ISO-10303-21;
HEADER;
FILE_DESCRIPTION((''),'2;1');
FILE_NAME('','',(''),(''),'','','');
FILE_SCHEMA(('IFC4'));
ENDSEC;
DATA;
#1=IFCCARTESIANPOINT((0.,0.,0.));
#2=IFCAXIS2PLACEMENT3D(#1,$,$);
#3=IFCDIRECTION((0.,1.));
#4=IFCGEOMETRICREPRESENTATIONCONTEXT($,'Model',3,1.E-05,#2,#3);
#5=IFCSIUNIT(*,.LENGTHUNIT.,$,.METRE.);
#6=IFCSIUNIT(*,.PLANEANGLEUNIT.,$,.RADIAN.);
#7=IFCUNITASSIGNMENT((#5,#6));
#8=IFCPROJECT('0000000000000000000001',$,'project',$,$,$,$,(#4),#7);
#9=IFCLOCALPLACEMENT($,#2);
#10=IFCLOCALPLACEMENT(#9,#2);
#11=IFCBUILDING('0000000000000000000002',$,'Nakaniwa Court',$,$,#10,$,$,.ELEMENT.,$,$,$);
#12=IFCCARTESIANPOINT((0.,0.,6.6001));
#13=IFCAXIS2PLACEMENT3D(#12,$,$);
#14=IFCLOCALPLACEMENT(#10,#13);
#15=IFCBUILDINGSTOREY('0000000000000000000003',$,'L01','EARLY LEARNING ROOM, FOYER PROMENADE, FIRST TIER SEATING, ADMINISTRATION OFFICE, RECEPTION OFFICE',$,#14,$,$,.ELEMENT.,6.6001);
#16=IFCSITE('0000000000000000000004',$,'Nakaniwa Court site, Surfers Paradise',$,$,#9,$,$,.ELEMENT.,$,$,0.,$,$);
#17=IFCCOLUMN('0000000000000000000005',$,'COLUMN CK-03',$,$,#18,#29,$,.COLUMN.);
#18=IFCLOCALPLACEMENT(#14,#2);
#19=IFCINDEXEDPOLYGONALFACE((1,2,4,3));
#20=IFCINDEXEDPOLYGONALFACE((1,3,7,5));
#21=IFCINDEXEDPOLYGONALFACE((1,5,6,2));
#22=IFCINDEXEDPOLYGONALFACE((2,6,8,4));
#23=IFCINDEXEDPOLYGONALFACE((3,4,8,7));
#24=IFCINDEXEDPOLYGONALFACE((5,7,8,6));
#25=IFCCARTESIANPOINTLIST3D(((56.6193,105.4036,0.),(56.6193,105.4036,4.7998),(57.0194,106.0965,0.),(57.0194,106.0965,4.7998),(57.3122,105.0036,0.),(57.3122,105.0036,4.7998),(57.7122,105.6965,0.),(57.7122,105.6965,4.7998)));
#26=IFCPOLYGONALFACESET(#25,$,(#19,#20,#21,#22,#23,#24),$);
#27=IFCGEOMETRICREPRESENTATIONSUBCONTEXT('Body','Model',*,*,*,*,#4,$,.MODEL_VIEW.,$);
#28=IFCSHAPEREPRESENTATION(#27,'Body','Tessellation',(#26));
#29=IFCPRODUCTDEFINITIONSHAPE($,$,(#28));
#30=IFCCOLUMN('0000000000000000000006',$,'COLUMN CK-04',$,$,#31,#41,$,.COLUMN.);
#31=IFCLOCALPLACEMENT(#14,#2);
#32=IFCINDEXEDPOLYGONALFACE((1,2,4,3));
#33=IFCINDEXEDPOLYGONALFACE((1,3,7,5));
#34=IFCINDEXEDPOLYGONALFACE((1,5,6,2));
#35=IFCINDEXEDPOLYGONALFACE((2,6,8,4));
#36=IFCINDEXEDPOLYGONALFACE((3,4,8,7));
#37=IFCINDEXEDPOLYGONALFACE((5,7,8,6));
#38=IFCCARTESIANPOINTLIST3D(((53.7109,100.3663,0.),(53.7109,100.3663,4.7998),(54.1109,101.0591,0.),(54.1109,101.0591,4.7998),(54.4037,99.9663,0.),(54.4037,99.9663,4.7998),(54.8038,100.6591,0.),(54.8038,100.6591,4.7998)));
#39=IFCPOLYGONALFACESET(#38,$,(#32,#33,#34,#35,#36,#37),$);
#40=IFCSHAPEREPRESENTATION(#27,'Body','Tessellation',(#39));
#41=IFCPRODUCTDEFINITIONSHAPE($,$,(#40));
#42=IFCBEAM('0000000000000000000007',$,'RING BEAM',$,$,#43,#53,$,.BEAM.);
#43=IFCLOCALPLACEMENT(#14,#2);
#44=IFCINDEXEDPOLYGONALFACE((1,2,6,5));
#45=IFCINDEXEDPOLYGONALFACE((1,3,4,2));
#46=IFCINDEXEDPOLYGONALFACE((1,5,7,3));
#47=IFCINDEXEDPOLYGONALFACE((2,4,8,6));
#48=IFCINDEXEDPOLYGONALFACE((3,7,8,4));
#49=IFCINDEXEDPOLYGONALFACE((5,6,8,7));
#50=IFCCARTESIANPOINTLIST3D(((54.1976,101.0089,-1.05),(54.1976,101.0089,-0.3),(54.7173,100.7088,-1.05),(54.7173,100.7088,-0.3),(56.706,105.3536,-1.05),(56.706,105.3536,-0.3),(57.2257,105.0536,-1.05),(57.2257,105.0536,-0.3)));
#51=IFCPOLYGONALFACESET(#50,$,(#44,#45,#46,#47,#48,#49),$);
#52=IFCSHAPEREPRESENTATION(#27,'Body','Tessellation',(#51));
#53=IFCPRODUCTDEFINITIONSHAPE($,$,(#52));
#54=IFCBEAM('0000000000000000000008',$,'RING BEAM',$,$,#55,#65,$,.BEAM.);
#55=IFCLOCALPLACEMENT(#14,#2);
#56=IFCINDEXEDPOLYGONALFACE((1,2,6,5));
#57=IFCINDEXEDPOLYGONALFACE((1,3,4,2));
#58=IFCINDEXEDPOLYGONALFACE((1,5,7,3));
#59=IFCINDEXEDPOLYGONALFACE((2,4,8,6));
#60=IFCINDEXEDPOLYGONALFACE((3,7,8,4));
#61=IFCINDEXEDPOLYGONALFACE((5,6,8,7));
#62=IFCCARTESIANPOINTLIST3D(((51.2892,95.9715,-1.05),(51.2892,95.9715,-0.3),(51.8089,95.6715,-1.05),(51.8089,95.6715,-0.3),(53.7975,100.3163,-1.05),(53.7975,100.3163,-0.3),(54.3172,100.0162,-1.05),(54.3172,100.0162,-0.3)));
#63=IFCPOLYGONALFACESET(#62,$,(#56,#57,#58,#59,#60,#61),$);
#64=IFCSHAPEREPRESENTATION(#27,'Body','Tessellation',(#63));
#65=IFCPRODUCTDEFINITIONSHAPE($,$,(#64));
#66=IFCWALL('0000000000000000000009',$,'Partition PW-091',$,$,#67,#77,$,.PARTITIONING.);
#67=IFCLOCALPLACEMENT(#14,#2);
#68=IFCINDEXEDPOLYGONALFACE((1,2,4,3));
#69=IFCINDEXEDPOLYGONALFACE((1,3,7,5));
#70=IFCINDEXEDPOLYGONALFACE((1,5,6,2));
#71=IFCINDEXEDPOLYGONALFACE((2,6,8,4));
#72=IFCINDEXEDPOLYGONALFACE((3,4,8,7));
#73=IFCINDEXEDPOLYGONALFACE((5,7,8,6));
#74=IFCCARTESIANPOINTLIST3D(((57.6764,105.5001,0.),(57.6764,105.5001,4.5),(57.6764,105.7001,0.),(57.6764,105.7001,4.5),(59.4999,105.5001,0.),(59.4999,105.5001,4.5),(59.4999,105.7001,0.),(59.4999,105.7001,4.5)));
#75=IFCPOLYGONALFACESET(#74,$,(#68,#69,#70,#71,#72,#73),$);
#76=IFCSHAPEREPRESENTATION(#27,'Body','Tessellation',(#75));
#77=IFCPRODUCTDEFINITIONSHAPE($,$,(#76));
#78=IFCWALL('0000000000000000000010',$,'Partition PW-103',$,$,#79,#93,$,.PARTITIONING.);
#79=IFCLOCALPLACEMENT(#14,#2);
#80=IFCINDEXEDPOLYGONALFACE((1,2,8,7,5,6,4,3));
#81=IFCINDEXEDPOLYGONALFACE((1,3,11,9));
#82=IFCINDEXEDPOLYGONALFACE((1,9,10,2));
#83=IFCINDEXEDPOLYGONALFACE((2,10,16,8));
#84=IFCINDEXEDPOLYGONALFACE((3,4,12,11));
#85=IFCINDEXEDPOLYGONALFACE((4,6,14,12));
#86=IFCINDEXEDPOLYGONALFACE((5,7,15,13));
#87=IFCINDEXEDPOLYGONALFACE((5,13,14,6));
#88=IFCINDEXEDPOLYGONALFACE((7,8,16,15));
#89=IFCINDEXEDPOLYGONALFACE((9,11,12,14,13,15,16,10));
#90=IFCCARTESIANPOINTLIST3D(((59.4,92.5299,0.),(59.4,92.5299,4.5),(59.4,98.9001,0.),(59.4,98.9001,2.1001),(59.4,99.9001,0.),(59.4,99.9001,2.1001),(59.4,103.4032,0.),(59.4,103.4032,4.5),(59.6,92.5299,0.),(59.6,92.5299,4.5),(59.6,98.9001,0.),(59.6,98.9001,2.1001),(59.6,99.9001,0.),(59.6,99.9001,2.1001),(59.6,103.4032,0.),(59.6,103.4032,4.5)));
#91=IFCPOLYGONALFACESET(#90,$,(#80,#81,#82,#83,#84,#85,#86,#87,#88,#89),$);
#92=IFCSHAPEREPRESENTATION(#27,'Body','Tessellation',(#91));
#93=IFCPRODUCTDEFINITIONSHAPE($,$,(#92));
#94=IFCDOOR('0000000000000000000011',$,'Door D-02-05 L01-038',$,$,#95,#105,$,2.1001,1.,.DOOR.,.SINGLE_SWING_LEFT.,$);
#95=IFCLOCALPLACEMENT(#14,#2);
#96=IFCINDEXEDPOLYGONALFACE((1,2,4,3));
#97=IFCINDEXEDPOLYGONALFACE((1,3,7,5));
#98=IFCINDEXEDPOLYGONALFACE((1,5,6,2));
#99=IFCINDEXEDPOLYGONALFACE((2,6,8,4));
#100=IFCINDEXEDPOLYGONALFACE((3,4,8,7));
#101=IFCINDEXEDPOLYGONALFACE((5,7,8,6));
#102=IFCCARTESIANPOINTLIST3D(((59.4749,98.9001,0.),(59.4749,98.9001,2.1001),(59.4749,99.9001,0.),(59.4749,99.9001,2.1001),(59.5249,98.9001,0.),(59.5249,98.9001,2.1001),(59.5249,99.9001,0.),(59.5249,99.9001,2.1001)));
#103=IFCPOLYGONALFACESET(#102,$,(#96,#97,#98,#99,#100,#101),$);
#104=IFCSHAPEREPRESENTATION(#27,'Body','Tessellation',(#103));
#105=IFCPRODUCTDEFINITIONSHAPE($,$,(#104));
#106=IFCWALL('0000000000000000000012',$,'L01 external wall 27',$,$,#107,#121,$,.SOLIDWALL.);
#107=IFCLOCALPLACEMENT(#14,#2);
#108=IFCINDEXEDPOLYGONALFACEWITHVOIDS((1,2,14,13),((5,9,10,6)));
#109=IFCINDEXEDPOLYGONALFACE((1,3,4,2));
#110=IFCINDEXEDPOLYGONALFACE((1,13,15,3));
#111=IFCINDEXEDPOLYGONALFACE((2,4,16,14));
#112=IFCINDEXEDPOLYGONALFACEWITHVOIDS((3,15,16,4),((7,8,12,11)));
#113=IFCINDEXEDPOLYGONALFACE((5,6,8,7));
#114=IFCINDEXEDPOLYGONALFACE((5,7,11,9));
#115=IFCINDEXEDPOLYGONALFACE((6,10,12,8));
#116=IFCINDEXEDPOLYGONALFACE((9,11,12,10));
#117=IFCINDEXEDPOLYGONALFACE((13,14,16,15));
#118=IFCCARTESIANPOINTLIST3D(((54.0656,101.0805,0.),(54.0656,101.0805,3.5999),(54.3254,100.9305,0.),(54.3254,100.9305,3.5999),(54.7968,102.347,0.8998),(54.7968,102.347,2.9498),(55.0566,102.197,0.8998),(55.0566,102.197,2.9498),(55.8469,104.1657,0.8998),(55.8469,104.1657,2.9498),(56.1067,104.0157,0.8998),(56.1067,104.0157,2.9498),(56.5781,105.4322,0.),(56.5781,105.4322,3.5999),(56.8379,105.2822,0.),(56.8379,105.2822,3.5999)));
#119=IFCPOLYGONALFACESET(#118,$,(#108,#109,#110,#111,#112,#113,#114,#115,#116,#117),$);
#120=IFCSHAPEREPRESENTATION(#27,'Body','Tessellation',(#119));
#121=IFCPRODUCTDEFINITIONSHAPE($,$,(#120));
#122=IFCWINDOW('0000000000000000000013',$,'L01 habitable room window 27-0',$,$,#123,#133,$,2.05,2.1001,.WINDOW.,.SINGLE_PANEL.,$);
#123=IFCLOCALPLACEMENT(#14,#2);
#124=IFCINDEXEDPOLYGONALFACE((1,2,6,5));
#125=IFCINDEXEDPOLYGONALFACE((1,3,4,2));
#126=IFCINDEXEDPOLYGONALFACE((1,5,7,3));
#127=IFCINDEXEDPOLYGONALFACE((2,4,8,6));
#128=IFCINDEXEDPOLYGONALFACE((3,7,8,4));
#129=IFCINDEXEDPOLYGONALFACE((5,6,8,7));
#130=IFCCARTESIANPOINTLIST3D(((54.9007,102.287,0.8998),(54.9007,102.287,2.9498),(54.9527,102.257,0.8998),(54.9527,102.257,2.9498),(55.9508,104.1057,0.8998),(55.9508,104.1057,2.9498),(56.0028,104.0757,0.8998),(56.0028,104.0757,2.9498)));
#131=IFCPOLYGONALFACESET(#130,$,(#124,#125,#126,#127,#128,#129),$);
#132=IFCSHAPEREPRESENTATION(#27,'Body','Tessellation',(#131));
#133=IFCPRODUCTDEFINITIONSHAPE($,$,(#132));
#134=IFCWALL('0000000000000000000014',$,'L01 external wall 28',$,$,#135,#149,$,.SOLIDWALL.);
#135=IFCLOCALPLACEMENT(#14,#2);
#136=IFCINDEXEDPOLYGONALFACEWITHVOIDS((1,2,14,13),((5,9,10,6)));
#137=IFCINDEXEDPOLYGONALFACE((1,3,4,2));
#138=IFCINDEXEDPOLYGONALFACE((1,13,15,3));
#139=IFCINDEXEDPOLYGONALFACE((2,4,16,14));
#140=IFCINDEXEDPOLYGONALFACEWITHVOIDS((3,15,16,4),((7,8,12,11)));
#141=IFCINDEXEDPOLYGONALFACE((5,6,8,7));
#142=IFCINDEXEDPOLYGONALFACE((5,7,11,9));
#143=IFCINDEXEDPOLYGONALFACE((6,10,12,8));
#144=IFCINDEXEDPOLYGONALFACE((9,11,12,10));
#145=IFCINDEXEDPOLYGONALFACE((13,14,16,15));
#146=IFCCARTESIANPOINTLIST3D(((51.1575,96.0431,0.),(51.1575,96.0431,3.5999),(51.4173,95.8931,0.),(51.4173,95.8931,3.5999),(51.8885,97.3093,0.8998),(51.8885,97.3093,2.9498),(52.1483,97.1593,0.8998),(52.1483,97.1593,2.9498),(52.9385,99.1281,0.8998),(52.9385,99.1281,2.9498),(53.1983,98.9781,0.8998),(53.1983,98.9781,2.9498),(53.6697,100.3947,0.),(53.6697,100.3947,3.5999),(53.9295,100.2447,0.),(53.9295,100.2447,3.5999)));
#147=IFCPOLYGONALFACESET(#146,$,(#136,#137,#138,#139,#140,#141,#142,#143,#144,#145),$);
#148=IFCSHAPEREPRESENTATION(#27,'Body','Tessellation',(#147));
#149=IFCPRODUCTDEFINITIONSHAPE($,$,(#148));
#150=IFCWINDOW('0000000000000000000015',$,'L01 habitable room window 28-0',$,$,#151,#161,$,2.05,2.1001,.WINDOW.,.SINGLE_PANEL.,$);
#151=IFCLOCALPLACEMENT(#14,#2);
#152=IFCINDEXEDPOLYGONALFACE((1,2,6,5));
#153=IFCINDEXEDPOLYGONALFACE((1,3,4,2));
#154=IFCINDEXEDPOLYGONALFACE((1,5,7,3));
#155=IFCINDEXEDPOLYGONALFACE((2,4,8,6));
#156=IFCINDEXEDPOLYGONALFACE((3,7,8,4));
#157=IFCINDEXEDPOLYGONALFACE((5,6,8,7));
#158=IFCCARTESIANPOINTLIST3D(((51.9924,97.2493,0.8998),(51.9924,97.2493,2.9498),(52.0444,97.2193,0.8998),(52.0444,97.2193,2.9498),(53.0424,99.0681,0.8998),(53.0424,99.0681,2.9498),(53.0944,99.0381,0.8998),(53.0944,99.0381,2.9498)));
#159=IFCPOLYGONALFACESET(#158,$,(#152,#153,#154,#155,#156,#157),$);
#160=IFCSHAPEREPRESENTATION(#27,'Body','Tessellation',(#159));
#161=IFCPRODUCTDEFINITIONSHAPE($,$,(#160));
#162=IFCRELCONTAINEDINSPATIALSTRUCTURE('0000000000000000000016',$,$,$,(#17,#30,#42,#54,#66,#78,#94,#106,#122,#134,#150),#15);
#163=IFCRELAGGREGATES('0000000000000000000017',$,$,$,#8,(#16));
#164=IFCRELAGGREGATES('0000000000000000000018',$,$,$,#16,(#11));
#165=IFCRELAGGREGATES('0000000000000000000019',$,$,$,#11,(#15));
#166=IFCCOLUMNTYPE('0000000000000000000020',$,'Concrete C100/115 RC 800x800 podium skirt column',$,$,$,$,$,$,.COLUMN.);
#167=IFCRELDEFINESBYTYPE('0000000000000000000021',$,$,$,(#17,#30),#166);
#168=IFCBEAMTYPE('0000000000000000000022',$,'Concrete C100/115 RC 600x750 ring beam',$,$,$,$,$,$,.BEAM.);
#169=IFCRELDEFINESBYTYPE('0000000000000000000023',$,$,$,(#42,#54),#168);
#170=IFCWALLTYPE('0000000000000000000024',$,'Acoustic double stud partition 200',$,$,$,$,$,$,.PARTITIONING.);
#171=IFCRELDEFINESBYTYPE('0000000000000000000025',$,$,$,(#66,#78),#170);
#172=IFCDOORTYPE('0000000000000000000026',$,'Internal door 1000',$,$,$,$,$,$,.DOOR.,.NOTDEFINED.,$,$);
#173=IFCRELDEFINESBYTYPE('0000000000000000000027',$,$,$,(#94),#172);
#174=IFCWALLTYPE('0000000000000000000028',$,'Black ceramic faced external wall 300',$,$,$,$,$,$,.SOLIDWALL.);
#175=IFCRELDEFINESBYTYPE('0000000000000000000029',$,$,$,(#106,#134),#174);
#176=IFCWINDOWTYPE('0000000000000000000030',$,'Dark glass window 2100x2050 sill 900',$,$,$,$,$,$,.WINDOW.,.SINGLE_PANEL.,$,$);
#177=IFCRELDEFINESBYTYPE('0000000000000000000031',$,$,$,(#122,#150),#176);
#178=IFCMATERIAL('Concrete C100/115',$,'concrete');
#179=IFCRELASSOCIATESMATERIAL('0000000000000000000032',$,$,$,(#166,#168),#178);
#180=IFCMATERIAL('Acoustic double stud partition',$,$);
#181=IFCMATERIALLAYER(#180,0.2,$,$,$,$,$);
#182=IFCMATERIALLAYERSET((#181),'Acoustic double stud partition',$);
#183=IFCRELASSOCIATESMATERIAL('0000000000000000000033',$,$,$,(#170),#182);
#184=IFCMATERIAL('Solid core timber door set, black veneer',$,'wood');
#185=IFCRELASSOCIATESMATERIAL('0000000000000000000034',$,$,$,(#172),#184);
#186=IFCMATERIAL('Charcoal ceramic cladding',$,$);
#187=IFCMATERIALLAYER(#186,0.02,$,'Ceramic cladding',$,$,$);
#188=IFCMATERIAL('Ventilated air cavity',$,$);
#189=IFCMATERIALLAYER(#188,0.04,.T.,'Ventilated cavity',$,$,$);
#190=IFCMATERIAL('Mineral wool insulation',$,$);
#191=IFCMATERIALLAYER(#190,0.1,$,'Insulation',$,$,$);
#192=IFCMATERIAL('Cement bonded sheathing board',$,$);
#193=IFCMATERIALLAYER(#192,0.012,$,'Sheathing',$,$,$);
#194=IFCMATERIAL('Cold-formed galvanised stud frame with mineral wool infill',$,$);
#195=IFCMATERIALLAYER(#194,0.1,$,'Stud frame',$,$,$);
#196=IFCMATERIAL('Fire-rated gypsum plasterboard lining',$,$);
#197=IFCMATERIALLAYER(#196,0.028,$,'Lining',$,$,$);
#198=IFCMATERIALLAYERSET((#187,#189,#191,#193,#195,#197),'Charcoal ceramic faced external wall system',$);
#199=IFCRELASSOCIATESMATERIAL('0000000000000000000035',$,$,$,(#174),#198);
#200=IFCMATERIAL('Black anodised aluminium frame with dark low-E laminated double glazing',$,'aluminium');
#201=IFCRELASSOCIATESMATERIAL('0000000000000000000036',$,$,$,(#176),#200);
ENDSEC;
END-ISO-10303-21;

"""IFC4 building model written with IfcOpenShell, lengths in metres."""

from ifc_helpers import new_model, si_unit, direction, frame, frame_2d, origin, origin_2d, place, context, subcontext, project, spatial, rectangle, extrude, material, layer, layer_set, material_profile, profile_set, type_object, element, fill, save


model = new_model("IFC4")

# Units and contexts
model_context = context("Model", 3, precision=1e-05, world=origin(), true_north=direction((0.0, 1.0)))
body_context = subcontext(model_context, "Body", "Model", "MODEL_VIEW")
ifc_project = project(units=[si_unit("LENGTHUNIT", "METRE"), si_unit("PLANEANGLEUNIT", "RADIAN")], contexts=[model_context])

# Site, building, storey
site_placement = place(None, origin())
site = spatial("IfcSite", under=ifc_project, at=site_placement, Name="Nakaniwa Court site, Surfers Paradise", CompositionType="ELEMENT", RefElevation=0.0)
building_placement = place(site_placement, origin())
building = spatial("IfcBuilding", under=site, at=building_placement, Name="Nakaniwa Court", CompositionType="ELEMENT")
storey_placement = place(building_placement, frame((0.0, 0.0, 6.6001)))
storey = spatial("IfcBuildingStorey", under=building, at=storey_placement, Name="L01", Description="EARLY LEARNING ROOM, FOYER PROMENADE, FIRST TIER SEATING, ADMINISTRATION OFFICE, RECEPTION OFFICE", CompositionType="ELEMENT", Elevation=6.6001)

# Columns
ifc_material_1 = material(Name="Concrete C100/115", Category="concrete")
ifc_material_profile_1 = material_profile(ifc_material_1, rectangle(XDim=0.8, YDim=0.8, at=origin_2d()), Name="Concrete C100/115 RC 800x800 podium skirt column")
ifc_profile_set_1 = profile_set([ifc_material_profile_1], Name="Concrete C100/115")
column_type = type_object("IfcColumnType", Name="Concrete C100/115 RC 800x800 podium skirt column", PredefinedType="COLUMN", material=ifc_profile_set_1)
for number, where, z_axis, x_axis, name in (
    (1, (57.1658, 105.55, 0.0), (0.0, 0.0, 1.0), (-0.5, -0.866025, 0.0), "COLUMN CK-03"),
    (2, (54.2573, 100.5127, 0.0), (0.0, 0.0, 1.0), (-0.5, -0.866025, 0.0), "COLUMN CK-04"),
):
    element("IfcColumn", number, at=place(storey_placement, frame(where, z_axis=z_axis, x_axis=x_axis)), inside=storey, type_object=column_type, Name=name, PredefinedType="COLUMN", context=body_context, shape_type="SweptSolid", body=[
        extrude(rectangle(XDim=0.8, YDim=0.8, at=origin_2d()), origin(), (0.0, 0.0, 1.0), 4.7998),
    ])

# Beams
ifc_material_profile_2 = material_profile(ifc_material_1, rectangle(XDim=0.6001, YDim=0.75, at=origin_2d()), Name="Concrete C100/115 RC 600x750 ring beam")
ifc_profile_set_2 = profile_set([ifc_material_profile_2], Name="Concrete C100/115")
beam_type = type_object("IfcBeamType", Name="Concrete C100/115 RC 600x750 ring beam", PredefinedType="BEAM", material=ifc_profile_set_2)
for number, where, z_axis, x_axis, name in (
    (3, (56.9658, 105.2036, -0.675), (-0.499981, -0.866036, 0.0), (0.866036, -0.499981, 0.0), "RING BEAM"),
    (4, (54.0574, 100.1663, -0.675), (-0.499981, -0.866036, 0.0), (0.866036, -0.499981, 0.0), "RING BEAM"),
):
    element("IfcBeam", number, at=place(storey_placement, frame(where, z_axis=z_axis, x_axis=x_axis)), inside=storey, type_object=beam_type, Name=name, PredefinedType="BEAM", context=body_context, shape_type="SweptSolid", body=[
        extrude(rectangle(XDim=0.6001, YDim=0.75, at=origin_2d()), origin(), (0.0, 0.0, 1.0), 5.0168),
    ])

# Wall
ifc_material_2 = material(Name="Acoustic double stud partition")
ifc_layer_1 = layer(ifc_material_2, 0.2)
ifc_layer_set_1 = layer_set([ifc_layer_1], Name="Acoustic double stud partition")
wall_type_1 = type_object("IfcWallType", Name="Acoustic double stud partition 200", PredefinedType="PARTITIONING", material=ifc_layer_set_1)
wall_1_placement = place(storey_placement, frame((57.6765, 105.6001, 0.0), z_axis=(0.0, 0.0, 1.0), x_axis=(1.0, 0.0, 0.0)))
element("IfcWall", 5, at=wall_1_placement, inside=storey, type_object=wall_type_1, Name="Partition PW-091", PredefinedType="PARTITIONING", context=body_context, shape_type="SweptSolid", body=[
    extrude(rectangle(XDim=1.8235, YDim=0.2, at=frame_2d((0.9116, 0.0))), origin(), (0.0, 0.0, 1.0), 4.5),
])

# Wall, opening, door
wall_2_placement = place(storey_placement, frame((59.5, 103.4031, 0.0), z_axis=(0.0, 0.0, 1.0), x_axis=(0.0, -1.0, 0.0)))
wall_2 = element("IfcWall", 6, at=wall_2_placement, inside=storey, type_object=wall_type_1, Name="Partition PW-103", PredefinedType="PARTITIONING", context=body_context, shape_type="SweptSolid", body=[
    extrude(rectangle(XDim=10.8733, YDim=0.2, at=frame_2d((5.4365, 0.0))), origin(), (0.0, 0.0, 1.0), 4.5),
])
opening_1_placement = place(wall_2_placement, frame((3.5029, 0.0, 0.0)))
opening_1 = element("IfcOpeningElement", 7, at=opening_1_placement, cuts=wall_2, PredefinedType="OPENING", context=body_context, shape_type="SweptSolid", body=[
    extrude(rectangle(XDim=1.0, YDim=2.1001, at=frame_2d((0.5, 1.05))), frame((0.0, 0.1099, 0.0), z_axis=(0.0, -1.0, 0.0), x_axis=(1.0, 0.0, 0.0)), (0.0, 0.0, 1.0), 0.22),
])
ifc_material_3 = material(Name="Solid core timber door set, black veneer", Category="wood")
door_type_1 = type_object("IfcDoorType", Name="Internal door 1000", OperationType="NOTDEFINED", PredefinedType="DOOR", material=ifc_material_3)
door_1_placement = place(opening_1_placement, origin())
door_1 = element("IfcDoor", 8, at=door_1_placement, inside=storey, type_object=door_type_1, Name="Door D-02-05 L01-038", OperationType="SINGLE_SWING_LEFT", OverallHeight=2.1001, OverallWidth=1.0, PredefinedType="DOOR", context=body_context, shape_type="SweptSolid", body=[
    extrude(rectangle(XDim=1.0, YDim=2.1001, at=frame_2d((0.5, 1.05))), frame((0.0, 0.0249, 0.0), z_axis=(0.0, -1.0, 0.0), x_axis=(1.0, 0.0, 0.0)), (0.0, 0.0, 1.0), 0.05),
])
fill(opening_1, door_1)

# Walls, openings, windows
ifc_material_4 = material(Name="Charcoal ceramic cladding")
ifc_layer_2 = layer(ifc_material_4, 0.02, Name="Ceramic cladding")
ifc_material_5 = material(Name="Ventilated air cavity")
ifc_layer_3 = layer(ifc_material_5, 0.04, ventilated=True, Name="Ventilated cavity")
ifc_material_6 = material(Name="Mineral wool insulation")
ifc_layer_4 = layer(ifc_material_6, 0.1, Name="Insulation")
ifc_material_7 = material(Name="Cement bonded sheathing board")
ifc_layer_5 = layer(ifc_material_7, 0.012, Name="Sheathing")
ifc_material_8 = material(Name="Cold-formed galvanised stud frame with mineral wool infill")
ifc_layer_6 = layer(ifc_material_8, 0.1, Name="Stud frame")
ifc_material_9 = material(Name="Fire-rated gypsum plasterboard lining")
ifc_layer_7 = layer(ifc_material_9, 0.028, Name="Lining")
ifc_layer_set_2 = layer_set([ifc_layer_2, ifc_layer_3, ifc_layer_4, ifc_layer_5, ifc_layer_6, ifc_layer_7], Name="Charcoal ceramic faced external wall system")
wall_type_2 = type_object("IfcWallType", Name="Black ceramic faced external wall 300", PredefinedType="SOLIDWALL", material=ifc_layer_set_2)
wall_3_placement = place(storey_placement, frame((56.708, 105.3572, 0.0), z_axis=(0.0, 0.0, 1.0), x_axis=(-0.500011, -0.866019, 0.0)))
wall_3 = element("IfcWall", 9, at=wall_3_placement, inside=storey, type_object=wall_type_2, Name="L01 external wall 27", PredefinedType="SOLIDWALL", context=body_context, shape_type="SweptSolid", body=[
    extrude(rectangle(XDim=5.0249, YDim=0.3, at=frame_2d((2.5125, 0.0))), origin(), (0.0, 0.0, 1.0), 3.5999),
])
opening_2_placement = place(wall_3_placement, frame((1.4624, 0.0, 0.8999)))
opening_2 = element("IfcOpeningElement", 10, at=opening_2_placement, cuts=wall_3, PredefinedType="OPENING", context=body_context, shape_type="SweptSolid", body=[
    extrude(rectangle(XDim=2.1001, YDim=2.05, at=frame_2d((1.05, 1.0249))), frame((0.0, 0.1599, 0.0), z_axis=(0.0, -1.0, 0.0), x_axis=(1.0, 0.0, 0.0)), (0.0, 0.0, 1.0), 0.3201),
])
ifc_material_10 = material(Name="Black anodised aluminium frame with dark low-E laminated double glazing", Category="aluminium")
window_type = type_object("IfcWindowType", Name="Dark glass window 2100x2050 sill 900", PartitioningType="SINGLE_PANEL", PredefinedType="WINDOW", material=ifc_material_10)
window_1_placement = place(opening_2_placement, origin())
window_1 = element("IfcWindow", 11, at=window_1_placement, inside=storey, type_object=window_type, Name="L01 habitable room window 27-0", OverallHeight=2.05, OverallWidth=2.1001, PartitioningType="SINGLE_PANEL", PredefinedType="WINDOW", context=body_context, shape_type="SweptSolid", body=[
    extrude(rectangle(XDim=2.1001, YDim=2.05, at=frame_2d((1.05, 1.0249))), frame((0.0, 0.03, 0.0), z_axis=(0.0, -1.0, 0.0), x_axis=(1.0, 0.0, 0.0)), (0.0, 0.0, 1.0), 0.0601),
])
fill(opening_2, window_1)
wall_4_placement = place(storey_placement, frame((53.7996, 100.3196, 0.0), z_axis=(0.0, 0.0, 1.0), x_axis=(-0.499975, -0.86604, 0.0)))
wall_4 = element("IfcWall", 12, at=wall_4_placement, inside=storey, type_object=wall_type_2, Name="L01 external wall 28", PredefinedType="SOLIDWALL", context=body_context, shape_type="SweptSolid", body=[
    extrude(rectangle(XDim=5.0247, YDim=0.3, at=frame_2d((2.5122, 0.0))), origin(), (0.0, 0.0, 1.0), 3.5999),
])
opening_3_placement = place(wall_4_placement, frame((1.4624, 0.0, 0.8999)))
opening_3 = element("IfcOpeningElement", 13, at=opening_3_placement, cuts=wall_4, PredefinedType="OPENING", context=body_context, shape_type="SweptSolid", body=[
    extrude(rectangle(XDim=2.1001, YDim=2.05, at=frame_2d((1.05, 1.0249))), frame((0.0, 0.1599, 0.0), z_axis=(0.0, -1.0, 0.0), x_axis=(1.0, 0.0, 0.0)), (0.0, 0.0, 1.0), 0.3201),
])
window_2_placement = place(opening_3_placement, origin())
window_2 = element("IfcWindow", 14, at=window_2_placement, inside=storey, type_object=window_type, Name="L01 habitable room window 28-0", OverallHeight=2.05, OverallWidth=2.1001, PartitioningType="SINGLE_PANEL", PredefinedType="WINDOW", context=body_context, shape_type="SweptSolid", body=[
    extrude(rectangle(XDim=2.1001, YDim=2.05, at=frame_2d((1.05, 1.0249))), frame((0.0, 0.03, 0.0), z_axis=(0.0, -1.0, 0.0), x_axis=(1.0, 0.0, 0.0)), (0.0, 0.0, 1.0), 0.0601),
])
fill(opening_3, window_2)

save(model, "model.ifc")
